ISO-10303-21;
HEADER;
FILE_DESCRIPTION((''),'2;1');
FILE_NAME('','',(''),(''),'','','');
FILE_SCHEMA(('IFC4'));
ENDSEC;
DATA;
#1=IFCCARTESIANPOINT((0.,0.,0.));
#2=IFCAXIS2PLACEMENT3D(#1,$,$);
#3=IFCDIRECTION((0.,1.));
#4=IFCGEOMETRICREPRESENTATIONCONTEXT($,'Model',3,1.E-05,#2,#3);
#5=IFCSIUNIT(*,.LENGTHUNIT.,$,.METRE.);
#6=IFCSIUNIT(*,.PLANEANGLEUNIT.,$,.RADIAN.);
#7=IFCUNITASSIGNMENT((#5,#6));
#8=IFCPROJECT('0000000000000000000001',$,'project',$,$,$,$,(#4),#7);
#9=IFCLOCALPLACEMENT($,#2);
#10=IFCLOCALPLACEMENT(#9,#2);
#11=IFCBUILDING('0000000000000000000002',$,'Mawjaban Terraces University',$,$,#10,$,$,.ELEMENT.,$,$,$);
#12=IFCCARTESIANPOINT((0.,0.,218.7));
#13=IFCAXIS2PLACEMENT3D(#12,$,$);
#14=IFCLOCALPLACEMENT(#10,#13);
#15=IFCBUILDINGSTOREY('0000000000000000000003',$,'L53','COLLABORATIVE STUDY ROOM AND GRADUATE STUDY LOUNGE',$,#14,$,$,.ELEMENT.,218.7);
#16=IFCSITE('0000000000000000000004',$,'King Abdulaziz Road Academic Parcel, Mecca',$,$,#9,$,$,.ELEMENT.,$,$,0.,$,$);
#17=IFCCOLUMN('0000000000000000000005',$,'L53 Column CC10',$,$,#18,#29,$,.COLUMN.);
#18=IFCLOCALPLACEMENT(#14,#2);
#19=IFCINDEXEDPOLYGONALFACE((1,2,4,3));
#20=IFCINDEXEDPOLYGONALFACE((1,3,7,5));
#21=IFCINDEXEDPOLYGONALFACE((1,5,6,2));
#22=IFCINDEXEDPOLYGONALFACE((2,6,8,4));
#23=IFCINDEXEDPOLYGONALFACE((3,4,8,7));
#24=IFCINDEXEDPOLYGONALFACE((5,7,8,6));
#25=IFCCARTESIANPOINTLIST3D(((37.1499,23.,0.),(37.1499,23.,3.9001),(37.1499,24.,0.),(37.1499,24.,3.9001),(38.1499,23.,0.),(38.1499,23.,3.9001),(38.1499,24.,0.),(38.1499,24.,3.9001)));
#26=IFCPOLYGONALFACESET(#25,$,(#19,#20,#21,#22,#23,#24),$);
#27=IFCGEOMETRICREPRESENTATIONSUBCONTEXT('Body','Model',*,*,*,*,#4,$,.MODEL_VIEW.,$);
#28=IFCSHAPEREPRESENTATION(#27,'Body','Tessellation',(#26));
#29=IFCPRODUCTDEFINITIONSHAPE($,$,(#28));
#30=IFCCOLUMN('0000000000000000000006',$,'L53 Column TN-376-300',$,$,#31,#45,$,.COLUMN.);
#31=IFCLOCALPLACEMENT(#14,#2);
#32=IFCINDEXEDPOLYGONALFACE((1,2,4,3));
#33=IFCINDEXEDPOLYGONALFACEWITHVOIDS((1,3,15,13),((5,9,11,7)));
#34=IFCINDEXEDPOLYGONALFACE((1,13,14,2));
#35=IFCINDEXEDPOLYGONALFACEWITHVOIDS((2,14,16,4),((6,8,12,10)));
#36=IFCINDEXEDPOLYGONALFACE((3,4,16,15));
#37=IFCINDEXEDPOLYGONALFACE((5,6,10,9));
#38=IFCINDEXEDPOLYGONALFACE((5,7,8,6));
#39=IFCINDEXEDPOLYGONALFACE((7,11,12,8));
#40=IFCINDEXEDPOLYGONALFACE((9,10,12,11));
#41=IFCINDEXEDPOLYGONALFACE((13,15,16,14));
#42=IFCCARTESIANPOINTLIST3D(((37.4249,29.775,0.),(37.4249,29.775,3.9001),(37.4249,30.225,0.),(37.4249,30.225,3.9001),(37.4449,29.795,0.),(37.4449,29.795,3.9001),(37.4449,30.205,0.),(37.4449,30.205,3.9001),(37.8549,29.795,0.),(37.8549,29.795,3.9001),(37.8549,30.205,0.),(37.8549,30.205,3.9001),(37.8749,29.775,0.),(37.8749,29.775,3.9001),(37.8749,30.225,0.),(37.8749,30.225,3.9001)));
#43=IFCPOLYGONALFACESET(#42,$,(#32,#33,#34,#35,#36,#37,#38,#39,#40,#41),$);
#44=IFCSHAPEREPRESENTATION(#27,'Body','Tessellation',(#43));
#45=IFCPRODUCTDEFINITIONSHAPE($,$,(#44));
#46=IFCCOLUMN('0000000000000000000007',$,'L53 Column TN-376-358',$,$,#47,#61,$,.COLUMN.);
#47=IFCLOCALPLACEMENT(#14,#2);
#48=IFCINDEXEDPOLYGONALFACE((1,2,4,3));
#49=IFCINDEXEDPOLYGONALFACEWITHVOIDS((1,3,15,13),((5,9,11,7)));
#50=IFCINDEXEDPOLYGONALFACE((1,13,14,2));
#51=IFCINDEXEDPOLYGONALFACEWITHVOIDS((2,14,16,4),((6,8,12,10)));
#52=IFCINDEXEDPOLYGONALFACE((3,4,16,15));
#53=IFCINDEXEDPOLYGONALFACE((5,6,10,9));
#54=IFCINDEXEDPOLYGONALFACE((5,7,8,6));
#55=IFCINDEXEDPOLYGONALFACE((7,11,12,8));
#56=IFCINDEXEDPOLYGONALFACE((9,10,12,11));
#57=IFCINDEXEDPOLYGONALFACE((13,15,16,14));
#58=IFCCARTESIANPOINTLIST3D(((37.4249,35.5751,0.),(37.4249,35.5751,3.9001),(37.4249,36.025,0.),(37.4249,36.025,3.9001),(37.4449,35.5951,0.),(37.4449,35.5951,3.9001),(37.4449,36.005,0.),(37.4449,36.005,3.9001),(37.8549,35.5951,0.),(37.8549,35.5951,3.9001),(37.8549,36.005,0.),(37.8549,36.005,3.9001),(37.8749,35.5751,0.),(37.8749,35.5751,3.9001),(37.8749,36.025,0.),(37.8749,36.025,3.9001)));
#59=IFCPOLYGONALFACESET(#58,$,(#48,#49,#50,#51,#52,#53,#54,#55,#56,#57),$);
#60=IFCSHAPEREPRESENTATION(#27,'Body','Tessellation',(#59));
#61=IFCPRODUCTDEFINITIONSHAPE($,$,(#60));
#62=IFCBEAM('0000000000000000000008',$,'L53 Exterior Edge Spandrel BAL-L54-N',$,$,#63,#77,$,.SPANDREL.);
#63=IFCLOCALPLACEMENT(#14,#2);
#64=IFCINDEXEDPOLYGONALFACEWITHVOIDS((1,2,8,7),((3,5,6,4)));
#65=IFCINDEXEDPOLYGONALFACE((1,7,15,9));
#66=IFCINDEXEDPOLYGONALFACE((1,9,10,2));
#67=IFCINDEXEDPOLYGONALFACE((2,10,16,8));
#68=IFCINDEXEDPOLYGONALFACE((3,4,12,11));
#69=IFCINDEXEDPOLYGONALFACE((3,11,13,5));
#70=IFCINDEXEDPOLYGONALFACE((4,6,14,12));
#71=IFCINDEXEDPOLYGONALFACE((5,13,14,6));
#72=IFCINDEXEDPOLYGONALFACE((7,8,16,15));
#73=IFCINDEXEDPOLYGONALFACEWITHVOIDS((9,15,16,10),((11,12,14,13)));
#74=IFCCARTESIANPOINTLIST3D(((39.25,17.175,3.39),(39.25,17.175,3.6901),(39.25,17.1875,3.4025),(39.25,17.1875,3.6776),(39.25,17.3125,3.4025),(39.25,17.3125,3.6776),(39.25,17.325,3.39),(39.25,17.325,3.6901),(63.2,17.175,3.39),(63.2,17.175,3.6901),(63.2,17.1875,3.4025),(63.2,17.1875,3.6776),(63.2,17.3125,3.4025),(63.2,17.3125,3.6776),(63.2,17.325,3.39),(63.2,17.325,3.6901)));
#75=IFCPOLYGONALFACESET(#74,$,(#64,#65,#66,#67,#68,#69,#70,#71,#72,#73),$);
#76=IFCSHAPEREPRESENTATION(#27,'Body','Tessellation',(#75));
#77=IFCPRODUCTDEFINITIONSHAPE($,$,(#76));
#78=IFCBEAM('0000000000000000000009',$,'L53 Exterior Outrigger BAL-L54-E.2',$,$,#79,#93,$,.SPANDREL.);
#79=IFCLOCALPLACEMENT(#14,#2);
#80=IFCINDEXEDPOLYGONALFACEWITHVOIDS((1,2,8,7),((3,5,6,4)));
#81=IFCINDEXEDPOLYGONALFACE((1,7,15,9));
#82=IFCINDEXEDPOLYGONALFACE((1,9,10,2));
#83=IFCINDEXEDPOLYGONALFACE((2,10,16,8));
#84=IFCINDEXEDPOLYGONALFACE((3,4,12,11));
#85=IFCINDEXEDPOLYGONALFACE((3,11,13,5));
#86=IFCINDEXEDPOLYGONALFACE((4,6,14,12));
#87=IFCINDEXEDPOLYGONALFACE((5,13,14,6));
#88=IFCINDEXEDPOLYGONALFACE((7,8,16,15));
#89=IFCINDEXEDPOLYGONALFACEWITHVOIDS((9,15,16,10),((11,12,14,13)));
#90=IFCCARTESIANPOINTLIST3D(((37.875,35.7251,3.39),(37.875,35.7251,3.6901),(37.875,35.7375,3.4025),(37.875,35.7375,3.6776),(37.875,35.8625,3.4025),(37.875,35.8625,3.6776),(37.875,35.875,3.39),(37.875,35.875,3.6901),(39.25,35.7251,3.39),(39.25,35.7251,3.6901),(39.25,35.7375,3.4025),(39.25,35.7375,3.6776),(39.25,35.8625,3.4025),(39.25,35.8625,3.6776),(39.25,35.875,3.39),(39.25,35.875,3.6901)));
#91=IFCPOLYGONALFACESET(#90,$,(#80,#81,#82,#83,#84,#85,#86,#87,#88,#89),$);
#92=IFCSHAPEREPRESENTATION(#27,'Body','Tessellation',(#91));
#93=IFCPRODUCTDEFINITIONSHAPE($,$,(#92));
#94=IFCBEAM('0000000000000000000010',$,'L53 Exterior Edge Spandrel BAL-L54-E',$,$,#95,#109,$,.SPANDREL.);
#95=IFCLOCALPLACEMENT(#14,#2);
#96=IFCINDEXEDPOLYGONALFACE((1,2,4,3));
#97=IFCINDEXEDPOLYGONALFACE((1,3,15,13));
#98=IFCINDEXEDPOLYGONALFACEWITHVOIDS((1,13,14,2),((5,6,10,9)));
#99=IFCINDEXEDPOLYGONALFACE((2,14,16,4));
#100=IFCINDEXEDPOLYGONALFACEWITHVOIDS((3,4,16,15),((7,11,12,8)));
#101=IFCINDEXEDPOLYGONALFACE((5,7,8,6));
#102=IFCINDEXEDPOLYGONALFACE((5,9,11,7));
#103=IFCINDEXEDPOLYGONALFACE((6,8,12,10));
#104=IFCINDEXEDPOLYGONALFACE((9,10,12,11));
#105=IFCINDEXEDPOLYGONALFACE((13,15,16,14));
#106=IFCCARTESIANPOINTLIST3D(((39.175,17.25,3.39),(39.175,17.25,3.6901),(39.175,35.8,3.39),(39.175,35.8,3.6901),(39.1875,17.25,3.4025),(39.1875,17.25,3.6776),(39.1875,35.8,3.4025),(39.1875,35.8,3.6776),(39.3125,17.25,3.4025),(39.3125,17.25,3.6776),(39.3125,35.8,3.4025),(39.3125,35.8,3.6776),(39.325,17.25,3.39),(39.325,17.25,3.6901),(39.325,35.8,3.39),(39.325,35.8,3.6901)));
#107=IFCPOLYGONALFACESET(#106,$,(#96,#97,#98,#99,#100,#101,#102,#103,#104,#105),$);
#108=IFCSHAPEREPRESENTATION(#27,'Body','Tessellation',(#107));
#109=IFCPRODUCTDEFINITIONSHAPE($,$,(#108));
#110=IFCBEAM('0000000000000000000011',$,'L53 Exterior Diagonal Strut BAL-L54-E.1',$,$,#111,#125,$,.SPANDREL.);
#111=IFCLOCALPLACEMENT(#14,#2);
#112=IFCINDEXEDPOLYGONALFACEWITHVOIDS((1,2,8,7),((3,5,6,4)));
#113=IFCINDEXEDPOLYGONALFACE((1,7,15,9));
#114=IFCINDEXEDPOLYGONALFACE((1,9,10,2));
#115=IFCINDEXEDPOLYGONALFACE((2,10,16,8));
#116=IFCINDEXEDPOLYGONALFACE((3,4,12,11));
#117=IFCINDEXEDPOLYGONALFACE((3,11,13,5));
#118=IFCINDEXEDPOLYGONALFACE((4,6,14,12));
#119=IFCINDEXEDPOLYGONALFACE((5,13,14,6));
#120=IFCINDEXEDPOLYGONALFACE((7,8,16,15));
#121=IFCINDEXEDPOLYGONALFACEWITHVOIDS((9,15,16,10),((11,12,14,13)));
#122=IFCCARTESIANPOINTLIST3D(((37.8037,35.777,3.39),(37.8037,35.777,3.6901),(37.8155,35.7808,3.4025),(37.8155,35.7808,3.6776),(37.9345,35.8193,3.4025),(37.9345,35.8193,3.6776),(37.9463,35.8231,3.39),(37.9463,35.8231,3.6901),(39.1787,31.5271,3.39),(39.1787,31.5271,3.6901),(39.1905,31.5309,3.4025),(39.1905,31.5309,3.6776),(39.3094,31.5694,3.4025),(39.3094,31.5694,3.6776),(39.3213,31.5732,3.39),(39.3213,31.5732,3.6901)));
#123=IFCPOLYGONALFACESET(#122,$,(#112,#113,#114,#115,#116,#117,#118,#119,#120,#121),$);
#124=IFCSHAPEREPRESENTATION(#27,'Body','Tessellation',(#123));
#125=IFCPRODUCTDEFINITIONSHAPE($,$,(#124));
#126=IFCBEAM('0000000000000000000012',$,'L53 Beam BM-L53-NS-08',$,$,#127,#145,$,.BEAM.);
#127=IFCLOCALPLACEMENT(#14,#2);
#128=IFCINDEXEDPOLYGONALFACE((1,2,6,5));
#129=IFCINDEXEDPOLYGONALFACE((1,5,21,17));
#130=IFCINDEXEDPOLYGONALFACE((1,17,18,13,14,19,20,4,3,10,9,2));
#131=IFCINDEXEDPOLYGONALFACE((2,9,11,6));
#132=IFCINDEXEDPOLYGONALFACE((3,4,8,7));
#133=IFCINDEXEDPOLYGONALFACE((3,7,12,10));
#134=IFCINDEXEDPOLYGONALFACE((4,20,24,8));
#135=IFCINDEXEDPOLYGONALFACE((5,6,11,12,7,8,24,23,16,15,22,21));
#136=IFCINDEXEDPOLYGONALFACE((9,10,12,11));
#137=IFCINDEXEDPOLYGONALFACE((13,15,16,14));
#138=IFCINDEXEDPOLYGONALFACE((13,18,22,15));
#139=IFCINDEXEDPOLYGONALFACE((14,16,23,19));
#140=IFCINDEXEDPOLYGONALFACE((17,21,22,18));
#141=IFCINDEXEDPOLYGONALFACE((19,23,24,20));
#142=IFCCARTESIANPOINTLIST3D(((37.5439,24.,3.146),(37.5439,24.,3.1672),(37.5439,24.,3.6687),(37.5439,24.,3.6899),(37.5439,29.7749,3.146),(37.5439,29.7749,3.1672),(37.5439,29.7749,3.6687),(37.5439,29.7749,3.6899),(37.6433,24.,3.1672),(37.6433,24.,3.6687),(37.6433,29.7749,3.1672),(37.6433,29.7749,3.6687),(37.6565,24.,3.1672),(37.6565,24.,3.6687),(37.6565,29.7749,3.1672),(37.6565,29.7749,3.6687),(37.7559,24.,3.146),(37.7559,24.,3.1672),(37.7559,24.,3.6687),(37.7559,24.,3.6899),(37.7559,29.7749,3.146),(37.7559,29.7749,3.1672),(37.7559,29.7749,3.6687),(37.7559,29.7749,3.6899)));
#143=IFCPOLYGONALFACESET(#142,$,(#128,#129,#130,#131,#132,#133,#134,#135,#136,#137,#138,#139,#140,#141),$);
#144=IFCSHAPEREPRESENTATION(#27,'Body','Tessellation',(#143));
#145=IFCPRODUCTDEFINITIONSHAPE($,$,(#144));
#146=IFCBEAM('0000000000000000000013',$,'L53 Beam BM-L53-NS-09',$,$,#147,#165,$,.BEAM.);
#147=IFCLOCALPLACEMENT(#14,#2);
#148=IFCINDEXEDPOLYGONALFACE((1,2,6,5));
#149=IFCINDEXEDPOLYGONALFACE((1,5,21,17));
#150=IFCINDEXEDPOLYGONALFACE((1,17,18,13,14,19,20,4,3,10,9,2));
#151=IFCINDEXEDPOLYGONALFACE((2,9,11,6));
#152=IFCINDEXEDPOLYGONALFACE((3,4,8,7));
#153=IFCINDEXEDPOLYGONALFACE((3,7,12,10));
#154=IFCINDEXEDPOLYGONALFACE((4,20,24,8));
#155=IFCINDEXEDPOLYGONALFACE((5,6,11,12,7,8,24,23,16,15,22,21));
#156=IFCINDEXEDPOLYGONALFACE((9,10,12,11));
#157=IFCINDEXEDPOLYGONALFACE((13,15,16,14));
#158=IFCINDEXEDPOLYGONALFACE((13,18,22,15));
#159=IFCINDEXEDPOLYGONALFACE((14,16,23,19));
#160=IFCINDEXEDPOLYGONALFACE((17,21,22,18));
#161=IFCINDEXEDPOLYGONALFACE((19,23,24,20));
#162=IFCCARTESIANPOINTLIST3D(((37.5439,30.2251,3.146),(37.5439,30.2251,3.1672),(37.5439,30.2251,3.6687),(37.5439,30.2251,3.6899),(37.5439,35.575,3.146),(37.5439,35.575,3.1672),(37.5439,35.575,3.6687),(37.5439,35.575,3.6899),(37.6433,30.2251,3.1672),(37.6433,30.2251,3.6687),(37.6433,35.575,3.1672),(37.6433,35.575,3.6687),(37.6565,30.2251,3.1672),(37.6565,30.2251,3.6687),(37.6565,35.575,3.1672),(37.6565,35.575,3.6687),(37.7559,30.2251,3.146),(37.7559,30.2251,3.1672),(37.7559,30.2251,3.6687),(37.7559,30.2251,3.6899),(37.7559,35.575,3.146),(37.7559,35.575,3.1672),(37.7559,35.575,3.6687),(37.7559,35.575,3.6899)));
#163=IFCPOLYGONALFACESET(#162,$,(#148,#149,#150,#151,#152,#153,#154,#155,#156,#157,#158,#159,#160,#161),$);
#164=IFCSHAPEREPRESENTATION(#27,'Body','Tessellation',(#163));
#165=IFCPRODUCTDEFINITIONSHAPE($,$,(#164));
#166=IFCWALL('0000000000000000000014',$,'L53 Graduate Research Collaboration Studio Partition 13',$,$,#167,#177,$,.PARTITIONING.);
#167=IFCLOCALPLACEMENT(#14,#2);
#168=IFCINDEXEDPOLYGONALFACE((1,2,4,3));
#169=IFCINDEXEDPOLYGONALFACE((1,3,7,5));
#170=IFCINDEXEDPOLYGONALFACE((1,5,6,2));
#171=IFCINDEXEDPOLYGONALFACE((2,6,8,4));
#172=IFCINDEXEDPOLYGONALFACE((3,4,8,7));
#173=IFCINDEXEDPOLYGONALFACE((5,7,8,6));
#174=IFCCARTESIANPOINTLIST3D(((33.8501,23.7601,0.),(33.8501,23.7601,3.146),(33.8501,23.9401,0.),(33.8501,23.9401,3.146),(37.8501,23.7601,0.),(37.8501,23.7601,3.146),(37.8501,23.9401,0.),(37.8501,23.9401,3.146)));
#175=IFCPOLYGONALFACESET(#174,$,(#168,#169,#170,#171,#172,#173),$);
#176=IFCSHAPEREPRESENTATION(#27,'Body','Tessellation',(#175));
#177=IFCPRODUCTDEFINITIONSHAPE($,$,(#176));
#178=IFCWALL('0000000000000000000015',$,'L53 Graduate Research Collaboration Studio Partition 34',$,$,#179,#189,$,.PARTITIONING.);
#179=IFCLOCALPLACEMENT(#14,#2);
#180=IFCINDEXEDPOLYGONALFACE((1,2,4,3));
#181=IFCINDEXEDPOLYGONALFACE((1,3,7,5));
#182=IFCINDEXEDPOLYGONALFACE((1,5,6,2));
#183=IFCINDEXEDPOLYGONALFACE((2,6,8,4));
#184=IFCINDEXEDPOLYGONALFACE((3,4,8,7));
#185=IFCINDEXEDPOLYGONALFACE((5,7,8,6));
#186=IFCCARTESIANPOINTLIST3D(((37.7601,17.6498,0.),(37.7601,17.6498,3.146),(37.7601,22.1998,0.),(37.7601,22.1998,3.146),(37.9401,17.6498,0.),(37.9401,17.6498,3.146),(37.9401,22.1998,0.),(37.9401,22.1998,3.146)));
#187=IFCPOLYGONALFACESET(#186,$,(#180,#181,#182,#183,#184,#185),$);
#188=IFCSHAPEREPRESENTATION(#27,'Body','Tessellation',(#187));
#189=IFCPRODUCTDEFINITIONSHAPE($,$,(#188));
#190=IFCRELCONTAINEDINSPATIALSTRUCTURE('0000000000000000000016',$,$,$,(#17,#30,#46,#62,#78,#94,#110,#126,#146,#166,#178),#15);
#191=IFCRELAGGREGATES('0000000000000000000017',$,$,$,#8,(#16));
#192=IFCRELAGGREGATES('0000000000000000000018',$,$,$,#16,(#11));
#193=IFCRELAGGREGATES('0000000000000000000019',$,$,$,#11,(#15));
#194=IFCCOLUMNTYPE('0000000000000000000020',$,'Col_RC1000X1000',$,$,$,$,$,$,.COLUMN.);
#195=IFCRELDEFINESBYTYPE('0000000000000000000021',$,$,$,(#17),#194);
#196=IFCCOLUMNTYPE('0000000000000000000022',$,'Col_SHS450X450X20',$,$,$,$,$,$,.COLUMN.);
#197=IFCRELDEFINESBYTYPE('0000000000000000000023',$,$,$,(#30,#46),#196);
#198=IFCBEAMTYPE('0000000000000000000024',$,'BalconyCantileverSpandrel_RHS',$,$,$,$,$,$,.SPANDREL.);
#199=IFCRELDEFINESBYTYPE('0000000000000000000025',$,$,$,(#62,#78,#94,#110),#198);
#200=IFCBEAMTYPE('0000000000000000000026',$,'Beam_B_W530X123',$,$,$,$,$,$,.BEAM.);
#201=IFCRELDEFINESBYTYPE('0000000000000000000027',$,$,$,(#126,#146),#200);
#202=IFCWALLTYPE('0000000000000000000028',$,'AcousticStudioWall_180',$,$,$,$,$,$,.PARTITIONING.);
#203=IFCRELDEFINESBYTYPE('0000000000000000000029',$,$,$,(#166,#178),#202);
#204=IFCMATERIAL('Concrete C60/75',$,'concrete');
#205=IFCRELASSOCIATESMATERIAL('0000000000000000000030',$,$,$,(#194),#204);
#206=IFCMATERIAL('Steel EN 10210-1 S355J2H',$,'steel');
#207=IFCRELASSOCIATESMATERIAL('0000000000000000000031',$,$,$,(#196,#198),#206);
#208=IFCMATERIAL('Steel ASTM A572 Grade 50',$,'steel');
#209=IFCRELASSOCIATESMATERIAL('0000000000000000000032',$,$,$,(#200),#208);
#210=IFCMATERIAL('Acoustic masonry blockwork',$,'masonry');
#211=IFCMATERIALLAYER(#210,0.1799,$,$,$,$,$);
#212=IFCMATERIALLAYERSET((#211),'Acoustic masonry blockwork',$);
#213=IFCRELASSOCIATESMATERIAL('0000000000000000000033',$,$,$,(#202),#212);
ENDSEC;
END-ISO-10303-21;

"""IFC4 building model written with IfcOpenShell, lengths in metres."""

from ifc_helpers import new_model, si_unit, direction, frame, frame_2d, origin, origin_2d, place, context, subcontext, project, spatial, rectangle, hollow_rectangle, i_section, extrude, material, layer, layer_set, material_profile, profile_set, type_object, element, save


model = new_model("IFC4")

# Units and contexts
model_context = context("Model", 3, precision=1e-05, world=origin(), true_north=direction((0.0, 1.0)))
body_context = subcontext(model_context, "Body", "Model", "MODEL_VIEW")
ifc_project = project(units=[si_unit("LENGTHUNIT", "METRE"), si_unit("PLANEANGLEUNIT", "RADIAN")], contexts=[model_context])

# Site, building, storey
site_placement = place(None, origin())
site = spatial("IfcSite", under=ifc_project, at=site_placement, Name="King Abdulaziz Road Academic Parcel, Mecca", CompositionType="ELEMENT", RefElevation=0.0)
building_placement = place(site_placement, origin())
building = spatial("IfcBuilding", under=site, at=building_placement, Name="Mawjaban Terraces University", CompositionType="ELEMENT")
storey_placement = place(building_placement, frame((0.0, 0.0, 218.7)))
storey = spatial("IfcBuildingStorey", under=building, at=storey_placement, Name="L53", Description="COLLABORATIVE STUDY ROOM AND GRADUATE STUDY LOUNGE", CompositionType="ELEMENT", Elevation=218.7)

# Columns
ifc_material_1 = material(Name="Concrete C60/75", Category="concrete")
ifc_material_profile_1 = material_profile(ifc_material_1, rectangle(XDim=1.0, YDim=1.0, at=origin_2d()), Name="RC1000X1000")
ifc_profile_set_1 = profile_set([ifc_material_profile_1], Name="Concrete C60/75")
column_type_1 = type_object("IfcColumnType", Name="Col_RC1000X1000", PredefinedType="COLUMN", material=ifc_profile_set_1)
column_placement = place(storey_placement, frame((37.6499, 23.5, 0.0), z_axis=(0.0, 0.0, 1.0), x_axis=(1.0, 0.0, 0.0)))
element("IfcColumn", 1, at=column_placement, inside=storey, type_object=column_type_1, Name="L53 Column CC10", PredefinedType="COLUMN", context=body_context, shape_type="SweptSolid", body=[
    extrude(rectangle(XDim=1.0, YDim=1.0, at=origin_2d()), origin(), (0.0, 0.0, 1.0), 3.9001),
])
ifc_material_2 = material(Name="Steel EN 10210-1 S355J2H", Category="steel")
ifc_material_profile_2 = material_profile(ifc_material_2, hollow_rectangle(XDim=0.45, YDim=0.45, WallThickness=0.02, at=origin_2d()), Name="SHS450X450X20")
ifc_profile_set_2 = profile_set([ifc_material_profile_2], Name="Steel EN 10210-1 S355J2H")
column_type_2 = type_object("IfcColumnType", Name="Col_SHS450X450X20", PredefinedType="COLUMN", material=ifc_profile_set_2)
for number, where, z_axis, x_axis, name in (
    (2, (37.6499, 30.0, 0.0), (0.0, 0.0, 1.0), (1.0, 0.0, 0.0), "L53 Column TN-376-300"),
    (3, (37.6499, 35.8, 0.0), (0.0, 0.0, 1.0), (1.0, 0.0, 0.0), "L53 Column TN-376-358"),
):
    element("IfcColumn", number, at=place(storey_placement, frame(where, z_axis=z_axis, x_axis=x_axis)), inside=storey, type_object=column_type_2, Name=name, PredefinedType="COLUMN", context=body_context, shape_type="SweptSolid", body=[
        extrude(hollow_rectangle(XDim=0.45, YDim=0.45, WallThickness=0.02, at=origin_2d()), origin(), (0.0, 0.0, 1.0), 3.9001),
    ])

# Beams
ifc_material_profile_3 = material_profile(ifc_material_2, hollow_rectangle(XDim=0.1499, YDim=0.3, WallThickness=0.0125, at=origin_2d()), Name="RHS300X150X12.5")
ifc_profile_set_3 = profile_set([ifc_material_profile_3], Name="Steel EN 10210-1 S355J2H")
beam_type_1 = type_object("IfcBeamType", Name="BalconyCantileverSpandrel_RHS", PredefinedType="SPANDREL", material=ifc_profile_set_3)
beam_1_placement = place(storey_placement, frame((39.25, 17.25, 3.54), z_axis=(1.0, 0.0, 0.0), x_axis=(0.0, 1.0, 0.0)))
element("IfcBeam", 4, at=beam_1_placement, inside=storey, type_object=beam_type_1, Name="L53 Exterior Edge Spandrel BAL-L54-N", PredefinedType="SPANDREL", context=body_context, shape_type="SweptSolid", body=[
    extrude(hollow_rectangle(XDim=0.1499, YDim=0.3, WallThickness=0.0125, at=origin_2d()), origin(), (0.0, 0.0, 1.0), 23.95),
])
beam_2_placement = place(storey_placement, frame((37.875, 35.8, 3.54), z_axis=(1.0, 0.0, 0.0), x_axis=(0.0, 1.0, 0.0)))
element("IfcBeam", 5, at=beam_2_placement, inside=storey, type_object=beam_type_1, Name="L53 Exterior Outrigger BAL-L54-E.2", PredefinedType="SPANDREL", context=body_context, shape_type="SweptSolid", body=[
    extrude(hollow_rectangle(XDim=0.1499, YDim=0.3, WallThickness=0.0125, at=origin_2d()), origin(), (0.0, 0.0, 1.0), 1.375),
])
beam_3_placement = place(storey_placement, frame((39.25, 17.25, 3.54), z_axis=(0.0, 1.0, 0.0), x_axis=(-1.0, 0.0, 0.0)))
element("IfcBeam", 6, at=beam_3_placement, inside=storey, type_object=beam_type_1, Name="L53 Exterior Edge Spandrel BAL-L54-E", PredefinedType="SPANDREL", context=body_context, shape_type="SweptSolid", body=[
    extrude(hollow_rectangle(XDim=0.1499, YDim=0.3, WallThickness=0.0125, at=origin_2d()), origin(), (0.0, 0.0, 1.0), 18.55),
])
beam_4_placement = place(storey_placement, frame((37.875, 35.8, 3.54), z_axis=(0.30782, -0.951445, 0.0), x_axis=(0.951445, 0.30782, 0.0)))
element("IfcBeam", 7, at=beam_4_placement, inside=storey, type_object=beam_type_1, Name="L53 Exterior Diagonal Strut BAL-L54-E.1", PredefinedType="SPANDREL", context=body_context, shape_type="SweptSolid", body=[
    extrude(hollow_rectangle(XDim=0.1499, YDim=0.3, WallThickness=0.0125, at=origin_2d()), origin(), (0.0, 0.0, 1.0), 4.4668),
])
ifc_material_3 = material(Name="Steel ASTM A572 Grade 50", Category="steel")
ifc_material_profile_4 = material_profile(ifc_material_3, i_section(OverallWidth=0.2119, OverallDepth=0.5439, WebThickness=0.0132, FlangeThickness=0.0212, at=origin_2d()), Name="W530X123")
ifc_profile_set_4 = profile_set([ifc_material_profile_4], Name="Steel ASTM A572 Grade 50")
beam_type_2 = type_object("IfcBeamType", Name="Beam_B_W530X123", PredefinedType="BEAM", material=ifc_profile_set_4)
beam_5_placement = place(storey_placement, frame((37.6499, 24.0, 3.418), z_axis=(0.0, 1.0, 0.0), x_axis=(-1.0, 0.0, 0.0)))
element("IfcBeam", 8, at=beam_5_placement, inside=storey, type_object=beam_type_2, Name="L53 Beam BM-L53-NS-08", PredefinedType="BEAM", context=body_context, shape_type="SweptSolid", body=[
    extrude(i_section(OverallWidth=0.2119, OverallDepth=0.5439, WebThickness=0.0132, FlangeThickness=0.0212, at=origin_2d()), origin(), (0.0, 0.0, 1.0), 5.7749),
])
beam_6_placement = place(storey_placement, frame((37.6499, 30.2251, 3.418), z_axis=(0.0, 1.0, 0.0), x_axis=(-1.0, 0.0, 0.0)))
element("IfcBeam", 9, at=beam_6_placement, inside=storey, type_object=beam_type_2, Name="L53 Beam BM-L53-NS-09", PredefinedType="BEAM", context=body_context, shape_type="SweptSolid", body=[
    extrude(i_section(OverallWidth=0.2119, OverallDepth=0.5439, WebThickness=0.0132, FlangeThickness=0.0212, at=origin_2d()), origin(), (0.0, 0.0, 1.0), 5.3499),
])

# Walls
ifc_material_4 = material(Name="Acoustic masonry blockwork", Category="masonry")
ifc_layer_1 = layer(ifc_material_4, 0.1799)
ifc_layer_set_1 = layer_set([ifc_layer_1], Name="Acoustic masonry blockwork")
wall_type_1 = type_object("IfcWallType", Name="AcousticStudioWall_180", PredefinedType="PARTITIONING", material=ifc_layer_set_1)
wall_1_placement = place(storey_placement, frame((37.8501, 23.8501, 0.0), z_axis=(0.0, 0.0, 1.0), x_axis=(-1.0, 0.0, 0.0)))
element("IfcWall", 10, at=wall_1_placement, inside=storey, type_object=wall_type_1, Name="L53 Graduate Research Collaboration Studio Partition 13", PredefinedType="PARTITIONING", context=body_context, shape_type="SweptSolid", body=[
    extrude(rectangle(XDim=4.0, YDim=0.1799, at=frame_2d((2.0, 0.0))), origin(), (0.0, 0.0, 1.0), 3.146),
])
wall_2_placement = place(storey_placement, frame((37.8501, 17.6499, 0.0), z_axis=(0.0, 0.0, 1.0), x_axis=(0.0, 1.0, 0.0)))
element("IfcWall", 11, at=wall_2_placement, inside=storey, type_object=wall_type_1, Name="L53 Graduate Research Collaboration Studio Partition 34", PredefinedType="PARTITIONING", context=body_context, shape_type="SweptSolid", body=[
    extrude(rectangle(XDim=4.55, YDim=0.1799, at=frame_2d((2.2749, 0.0))), origin(), (0.0, 0.0, 1.0), 3.146),
])

save(model, "model.ifc")
